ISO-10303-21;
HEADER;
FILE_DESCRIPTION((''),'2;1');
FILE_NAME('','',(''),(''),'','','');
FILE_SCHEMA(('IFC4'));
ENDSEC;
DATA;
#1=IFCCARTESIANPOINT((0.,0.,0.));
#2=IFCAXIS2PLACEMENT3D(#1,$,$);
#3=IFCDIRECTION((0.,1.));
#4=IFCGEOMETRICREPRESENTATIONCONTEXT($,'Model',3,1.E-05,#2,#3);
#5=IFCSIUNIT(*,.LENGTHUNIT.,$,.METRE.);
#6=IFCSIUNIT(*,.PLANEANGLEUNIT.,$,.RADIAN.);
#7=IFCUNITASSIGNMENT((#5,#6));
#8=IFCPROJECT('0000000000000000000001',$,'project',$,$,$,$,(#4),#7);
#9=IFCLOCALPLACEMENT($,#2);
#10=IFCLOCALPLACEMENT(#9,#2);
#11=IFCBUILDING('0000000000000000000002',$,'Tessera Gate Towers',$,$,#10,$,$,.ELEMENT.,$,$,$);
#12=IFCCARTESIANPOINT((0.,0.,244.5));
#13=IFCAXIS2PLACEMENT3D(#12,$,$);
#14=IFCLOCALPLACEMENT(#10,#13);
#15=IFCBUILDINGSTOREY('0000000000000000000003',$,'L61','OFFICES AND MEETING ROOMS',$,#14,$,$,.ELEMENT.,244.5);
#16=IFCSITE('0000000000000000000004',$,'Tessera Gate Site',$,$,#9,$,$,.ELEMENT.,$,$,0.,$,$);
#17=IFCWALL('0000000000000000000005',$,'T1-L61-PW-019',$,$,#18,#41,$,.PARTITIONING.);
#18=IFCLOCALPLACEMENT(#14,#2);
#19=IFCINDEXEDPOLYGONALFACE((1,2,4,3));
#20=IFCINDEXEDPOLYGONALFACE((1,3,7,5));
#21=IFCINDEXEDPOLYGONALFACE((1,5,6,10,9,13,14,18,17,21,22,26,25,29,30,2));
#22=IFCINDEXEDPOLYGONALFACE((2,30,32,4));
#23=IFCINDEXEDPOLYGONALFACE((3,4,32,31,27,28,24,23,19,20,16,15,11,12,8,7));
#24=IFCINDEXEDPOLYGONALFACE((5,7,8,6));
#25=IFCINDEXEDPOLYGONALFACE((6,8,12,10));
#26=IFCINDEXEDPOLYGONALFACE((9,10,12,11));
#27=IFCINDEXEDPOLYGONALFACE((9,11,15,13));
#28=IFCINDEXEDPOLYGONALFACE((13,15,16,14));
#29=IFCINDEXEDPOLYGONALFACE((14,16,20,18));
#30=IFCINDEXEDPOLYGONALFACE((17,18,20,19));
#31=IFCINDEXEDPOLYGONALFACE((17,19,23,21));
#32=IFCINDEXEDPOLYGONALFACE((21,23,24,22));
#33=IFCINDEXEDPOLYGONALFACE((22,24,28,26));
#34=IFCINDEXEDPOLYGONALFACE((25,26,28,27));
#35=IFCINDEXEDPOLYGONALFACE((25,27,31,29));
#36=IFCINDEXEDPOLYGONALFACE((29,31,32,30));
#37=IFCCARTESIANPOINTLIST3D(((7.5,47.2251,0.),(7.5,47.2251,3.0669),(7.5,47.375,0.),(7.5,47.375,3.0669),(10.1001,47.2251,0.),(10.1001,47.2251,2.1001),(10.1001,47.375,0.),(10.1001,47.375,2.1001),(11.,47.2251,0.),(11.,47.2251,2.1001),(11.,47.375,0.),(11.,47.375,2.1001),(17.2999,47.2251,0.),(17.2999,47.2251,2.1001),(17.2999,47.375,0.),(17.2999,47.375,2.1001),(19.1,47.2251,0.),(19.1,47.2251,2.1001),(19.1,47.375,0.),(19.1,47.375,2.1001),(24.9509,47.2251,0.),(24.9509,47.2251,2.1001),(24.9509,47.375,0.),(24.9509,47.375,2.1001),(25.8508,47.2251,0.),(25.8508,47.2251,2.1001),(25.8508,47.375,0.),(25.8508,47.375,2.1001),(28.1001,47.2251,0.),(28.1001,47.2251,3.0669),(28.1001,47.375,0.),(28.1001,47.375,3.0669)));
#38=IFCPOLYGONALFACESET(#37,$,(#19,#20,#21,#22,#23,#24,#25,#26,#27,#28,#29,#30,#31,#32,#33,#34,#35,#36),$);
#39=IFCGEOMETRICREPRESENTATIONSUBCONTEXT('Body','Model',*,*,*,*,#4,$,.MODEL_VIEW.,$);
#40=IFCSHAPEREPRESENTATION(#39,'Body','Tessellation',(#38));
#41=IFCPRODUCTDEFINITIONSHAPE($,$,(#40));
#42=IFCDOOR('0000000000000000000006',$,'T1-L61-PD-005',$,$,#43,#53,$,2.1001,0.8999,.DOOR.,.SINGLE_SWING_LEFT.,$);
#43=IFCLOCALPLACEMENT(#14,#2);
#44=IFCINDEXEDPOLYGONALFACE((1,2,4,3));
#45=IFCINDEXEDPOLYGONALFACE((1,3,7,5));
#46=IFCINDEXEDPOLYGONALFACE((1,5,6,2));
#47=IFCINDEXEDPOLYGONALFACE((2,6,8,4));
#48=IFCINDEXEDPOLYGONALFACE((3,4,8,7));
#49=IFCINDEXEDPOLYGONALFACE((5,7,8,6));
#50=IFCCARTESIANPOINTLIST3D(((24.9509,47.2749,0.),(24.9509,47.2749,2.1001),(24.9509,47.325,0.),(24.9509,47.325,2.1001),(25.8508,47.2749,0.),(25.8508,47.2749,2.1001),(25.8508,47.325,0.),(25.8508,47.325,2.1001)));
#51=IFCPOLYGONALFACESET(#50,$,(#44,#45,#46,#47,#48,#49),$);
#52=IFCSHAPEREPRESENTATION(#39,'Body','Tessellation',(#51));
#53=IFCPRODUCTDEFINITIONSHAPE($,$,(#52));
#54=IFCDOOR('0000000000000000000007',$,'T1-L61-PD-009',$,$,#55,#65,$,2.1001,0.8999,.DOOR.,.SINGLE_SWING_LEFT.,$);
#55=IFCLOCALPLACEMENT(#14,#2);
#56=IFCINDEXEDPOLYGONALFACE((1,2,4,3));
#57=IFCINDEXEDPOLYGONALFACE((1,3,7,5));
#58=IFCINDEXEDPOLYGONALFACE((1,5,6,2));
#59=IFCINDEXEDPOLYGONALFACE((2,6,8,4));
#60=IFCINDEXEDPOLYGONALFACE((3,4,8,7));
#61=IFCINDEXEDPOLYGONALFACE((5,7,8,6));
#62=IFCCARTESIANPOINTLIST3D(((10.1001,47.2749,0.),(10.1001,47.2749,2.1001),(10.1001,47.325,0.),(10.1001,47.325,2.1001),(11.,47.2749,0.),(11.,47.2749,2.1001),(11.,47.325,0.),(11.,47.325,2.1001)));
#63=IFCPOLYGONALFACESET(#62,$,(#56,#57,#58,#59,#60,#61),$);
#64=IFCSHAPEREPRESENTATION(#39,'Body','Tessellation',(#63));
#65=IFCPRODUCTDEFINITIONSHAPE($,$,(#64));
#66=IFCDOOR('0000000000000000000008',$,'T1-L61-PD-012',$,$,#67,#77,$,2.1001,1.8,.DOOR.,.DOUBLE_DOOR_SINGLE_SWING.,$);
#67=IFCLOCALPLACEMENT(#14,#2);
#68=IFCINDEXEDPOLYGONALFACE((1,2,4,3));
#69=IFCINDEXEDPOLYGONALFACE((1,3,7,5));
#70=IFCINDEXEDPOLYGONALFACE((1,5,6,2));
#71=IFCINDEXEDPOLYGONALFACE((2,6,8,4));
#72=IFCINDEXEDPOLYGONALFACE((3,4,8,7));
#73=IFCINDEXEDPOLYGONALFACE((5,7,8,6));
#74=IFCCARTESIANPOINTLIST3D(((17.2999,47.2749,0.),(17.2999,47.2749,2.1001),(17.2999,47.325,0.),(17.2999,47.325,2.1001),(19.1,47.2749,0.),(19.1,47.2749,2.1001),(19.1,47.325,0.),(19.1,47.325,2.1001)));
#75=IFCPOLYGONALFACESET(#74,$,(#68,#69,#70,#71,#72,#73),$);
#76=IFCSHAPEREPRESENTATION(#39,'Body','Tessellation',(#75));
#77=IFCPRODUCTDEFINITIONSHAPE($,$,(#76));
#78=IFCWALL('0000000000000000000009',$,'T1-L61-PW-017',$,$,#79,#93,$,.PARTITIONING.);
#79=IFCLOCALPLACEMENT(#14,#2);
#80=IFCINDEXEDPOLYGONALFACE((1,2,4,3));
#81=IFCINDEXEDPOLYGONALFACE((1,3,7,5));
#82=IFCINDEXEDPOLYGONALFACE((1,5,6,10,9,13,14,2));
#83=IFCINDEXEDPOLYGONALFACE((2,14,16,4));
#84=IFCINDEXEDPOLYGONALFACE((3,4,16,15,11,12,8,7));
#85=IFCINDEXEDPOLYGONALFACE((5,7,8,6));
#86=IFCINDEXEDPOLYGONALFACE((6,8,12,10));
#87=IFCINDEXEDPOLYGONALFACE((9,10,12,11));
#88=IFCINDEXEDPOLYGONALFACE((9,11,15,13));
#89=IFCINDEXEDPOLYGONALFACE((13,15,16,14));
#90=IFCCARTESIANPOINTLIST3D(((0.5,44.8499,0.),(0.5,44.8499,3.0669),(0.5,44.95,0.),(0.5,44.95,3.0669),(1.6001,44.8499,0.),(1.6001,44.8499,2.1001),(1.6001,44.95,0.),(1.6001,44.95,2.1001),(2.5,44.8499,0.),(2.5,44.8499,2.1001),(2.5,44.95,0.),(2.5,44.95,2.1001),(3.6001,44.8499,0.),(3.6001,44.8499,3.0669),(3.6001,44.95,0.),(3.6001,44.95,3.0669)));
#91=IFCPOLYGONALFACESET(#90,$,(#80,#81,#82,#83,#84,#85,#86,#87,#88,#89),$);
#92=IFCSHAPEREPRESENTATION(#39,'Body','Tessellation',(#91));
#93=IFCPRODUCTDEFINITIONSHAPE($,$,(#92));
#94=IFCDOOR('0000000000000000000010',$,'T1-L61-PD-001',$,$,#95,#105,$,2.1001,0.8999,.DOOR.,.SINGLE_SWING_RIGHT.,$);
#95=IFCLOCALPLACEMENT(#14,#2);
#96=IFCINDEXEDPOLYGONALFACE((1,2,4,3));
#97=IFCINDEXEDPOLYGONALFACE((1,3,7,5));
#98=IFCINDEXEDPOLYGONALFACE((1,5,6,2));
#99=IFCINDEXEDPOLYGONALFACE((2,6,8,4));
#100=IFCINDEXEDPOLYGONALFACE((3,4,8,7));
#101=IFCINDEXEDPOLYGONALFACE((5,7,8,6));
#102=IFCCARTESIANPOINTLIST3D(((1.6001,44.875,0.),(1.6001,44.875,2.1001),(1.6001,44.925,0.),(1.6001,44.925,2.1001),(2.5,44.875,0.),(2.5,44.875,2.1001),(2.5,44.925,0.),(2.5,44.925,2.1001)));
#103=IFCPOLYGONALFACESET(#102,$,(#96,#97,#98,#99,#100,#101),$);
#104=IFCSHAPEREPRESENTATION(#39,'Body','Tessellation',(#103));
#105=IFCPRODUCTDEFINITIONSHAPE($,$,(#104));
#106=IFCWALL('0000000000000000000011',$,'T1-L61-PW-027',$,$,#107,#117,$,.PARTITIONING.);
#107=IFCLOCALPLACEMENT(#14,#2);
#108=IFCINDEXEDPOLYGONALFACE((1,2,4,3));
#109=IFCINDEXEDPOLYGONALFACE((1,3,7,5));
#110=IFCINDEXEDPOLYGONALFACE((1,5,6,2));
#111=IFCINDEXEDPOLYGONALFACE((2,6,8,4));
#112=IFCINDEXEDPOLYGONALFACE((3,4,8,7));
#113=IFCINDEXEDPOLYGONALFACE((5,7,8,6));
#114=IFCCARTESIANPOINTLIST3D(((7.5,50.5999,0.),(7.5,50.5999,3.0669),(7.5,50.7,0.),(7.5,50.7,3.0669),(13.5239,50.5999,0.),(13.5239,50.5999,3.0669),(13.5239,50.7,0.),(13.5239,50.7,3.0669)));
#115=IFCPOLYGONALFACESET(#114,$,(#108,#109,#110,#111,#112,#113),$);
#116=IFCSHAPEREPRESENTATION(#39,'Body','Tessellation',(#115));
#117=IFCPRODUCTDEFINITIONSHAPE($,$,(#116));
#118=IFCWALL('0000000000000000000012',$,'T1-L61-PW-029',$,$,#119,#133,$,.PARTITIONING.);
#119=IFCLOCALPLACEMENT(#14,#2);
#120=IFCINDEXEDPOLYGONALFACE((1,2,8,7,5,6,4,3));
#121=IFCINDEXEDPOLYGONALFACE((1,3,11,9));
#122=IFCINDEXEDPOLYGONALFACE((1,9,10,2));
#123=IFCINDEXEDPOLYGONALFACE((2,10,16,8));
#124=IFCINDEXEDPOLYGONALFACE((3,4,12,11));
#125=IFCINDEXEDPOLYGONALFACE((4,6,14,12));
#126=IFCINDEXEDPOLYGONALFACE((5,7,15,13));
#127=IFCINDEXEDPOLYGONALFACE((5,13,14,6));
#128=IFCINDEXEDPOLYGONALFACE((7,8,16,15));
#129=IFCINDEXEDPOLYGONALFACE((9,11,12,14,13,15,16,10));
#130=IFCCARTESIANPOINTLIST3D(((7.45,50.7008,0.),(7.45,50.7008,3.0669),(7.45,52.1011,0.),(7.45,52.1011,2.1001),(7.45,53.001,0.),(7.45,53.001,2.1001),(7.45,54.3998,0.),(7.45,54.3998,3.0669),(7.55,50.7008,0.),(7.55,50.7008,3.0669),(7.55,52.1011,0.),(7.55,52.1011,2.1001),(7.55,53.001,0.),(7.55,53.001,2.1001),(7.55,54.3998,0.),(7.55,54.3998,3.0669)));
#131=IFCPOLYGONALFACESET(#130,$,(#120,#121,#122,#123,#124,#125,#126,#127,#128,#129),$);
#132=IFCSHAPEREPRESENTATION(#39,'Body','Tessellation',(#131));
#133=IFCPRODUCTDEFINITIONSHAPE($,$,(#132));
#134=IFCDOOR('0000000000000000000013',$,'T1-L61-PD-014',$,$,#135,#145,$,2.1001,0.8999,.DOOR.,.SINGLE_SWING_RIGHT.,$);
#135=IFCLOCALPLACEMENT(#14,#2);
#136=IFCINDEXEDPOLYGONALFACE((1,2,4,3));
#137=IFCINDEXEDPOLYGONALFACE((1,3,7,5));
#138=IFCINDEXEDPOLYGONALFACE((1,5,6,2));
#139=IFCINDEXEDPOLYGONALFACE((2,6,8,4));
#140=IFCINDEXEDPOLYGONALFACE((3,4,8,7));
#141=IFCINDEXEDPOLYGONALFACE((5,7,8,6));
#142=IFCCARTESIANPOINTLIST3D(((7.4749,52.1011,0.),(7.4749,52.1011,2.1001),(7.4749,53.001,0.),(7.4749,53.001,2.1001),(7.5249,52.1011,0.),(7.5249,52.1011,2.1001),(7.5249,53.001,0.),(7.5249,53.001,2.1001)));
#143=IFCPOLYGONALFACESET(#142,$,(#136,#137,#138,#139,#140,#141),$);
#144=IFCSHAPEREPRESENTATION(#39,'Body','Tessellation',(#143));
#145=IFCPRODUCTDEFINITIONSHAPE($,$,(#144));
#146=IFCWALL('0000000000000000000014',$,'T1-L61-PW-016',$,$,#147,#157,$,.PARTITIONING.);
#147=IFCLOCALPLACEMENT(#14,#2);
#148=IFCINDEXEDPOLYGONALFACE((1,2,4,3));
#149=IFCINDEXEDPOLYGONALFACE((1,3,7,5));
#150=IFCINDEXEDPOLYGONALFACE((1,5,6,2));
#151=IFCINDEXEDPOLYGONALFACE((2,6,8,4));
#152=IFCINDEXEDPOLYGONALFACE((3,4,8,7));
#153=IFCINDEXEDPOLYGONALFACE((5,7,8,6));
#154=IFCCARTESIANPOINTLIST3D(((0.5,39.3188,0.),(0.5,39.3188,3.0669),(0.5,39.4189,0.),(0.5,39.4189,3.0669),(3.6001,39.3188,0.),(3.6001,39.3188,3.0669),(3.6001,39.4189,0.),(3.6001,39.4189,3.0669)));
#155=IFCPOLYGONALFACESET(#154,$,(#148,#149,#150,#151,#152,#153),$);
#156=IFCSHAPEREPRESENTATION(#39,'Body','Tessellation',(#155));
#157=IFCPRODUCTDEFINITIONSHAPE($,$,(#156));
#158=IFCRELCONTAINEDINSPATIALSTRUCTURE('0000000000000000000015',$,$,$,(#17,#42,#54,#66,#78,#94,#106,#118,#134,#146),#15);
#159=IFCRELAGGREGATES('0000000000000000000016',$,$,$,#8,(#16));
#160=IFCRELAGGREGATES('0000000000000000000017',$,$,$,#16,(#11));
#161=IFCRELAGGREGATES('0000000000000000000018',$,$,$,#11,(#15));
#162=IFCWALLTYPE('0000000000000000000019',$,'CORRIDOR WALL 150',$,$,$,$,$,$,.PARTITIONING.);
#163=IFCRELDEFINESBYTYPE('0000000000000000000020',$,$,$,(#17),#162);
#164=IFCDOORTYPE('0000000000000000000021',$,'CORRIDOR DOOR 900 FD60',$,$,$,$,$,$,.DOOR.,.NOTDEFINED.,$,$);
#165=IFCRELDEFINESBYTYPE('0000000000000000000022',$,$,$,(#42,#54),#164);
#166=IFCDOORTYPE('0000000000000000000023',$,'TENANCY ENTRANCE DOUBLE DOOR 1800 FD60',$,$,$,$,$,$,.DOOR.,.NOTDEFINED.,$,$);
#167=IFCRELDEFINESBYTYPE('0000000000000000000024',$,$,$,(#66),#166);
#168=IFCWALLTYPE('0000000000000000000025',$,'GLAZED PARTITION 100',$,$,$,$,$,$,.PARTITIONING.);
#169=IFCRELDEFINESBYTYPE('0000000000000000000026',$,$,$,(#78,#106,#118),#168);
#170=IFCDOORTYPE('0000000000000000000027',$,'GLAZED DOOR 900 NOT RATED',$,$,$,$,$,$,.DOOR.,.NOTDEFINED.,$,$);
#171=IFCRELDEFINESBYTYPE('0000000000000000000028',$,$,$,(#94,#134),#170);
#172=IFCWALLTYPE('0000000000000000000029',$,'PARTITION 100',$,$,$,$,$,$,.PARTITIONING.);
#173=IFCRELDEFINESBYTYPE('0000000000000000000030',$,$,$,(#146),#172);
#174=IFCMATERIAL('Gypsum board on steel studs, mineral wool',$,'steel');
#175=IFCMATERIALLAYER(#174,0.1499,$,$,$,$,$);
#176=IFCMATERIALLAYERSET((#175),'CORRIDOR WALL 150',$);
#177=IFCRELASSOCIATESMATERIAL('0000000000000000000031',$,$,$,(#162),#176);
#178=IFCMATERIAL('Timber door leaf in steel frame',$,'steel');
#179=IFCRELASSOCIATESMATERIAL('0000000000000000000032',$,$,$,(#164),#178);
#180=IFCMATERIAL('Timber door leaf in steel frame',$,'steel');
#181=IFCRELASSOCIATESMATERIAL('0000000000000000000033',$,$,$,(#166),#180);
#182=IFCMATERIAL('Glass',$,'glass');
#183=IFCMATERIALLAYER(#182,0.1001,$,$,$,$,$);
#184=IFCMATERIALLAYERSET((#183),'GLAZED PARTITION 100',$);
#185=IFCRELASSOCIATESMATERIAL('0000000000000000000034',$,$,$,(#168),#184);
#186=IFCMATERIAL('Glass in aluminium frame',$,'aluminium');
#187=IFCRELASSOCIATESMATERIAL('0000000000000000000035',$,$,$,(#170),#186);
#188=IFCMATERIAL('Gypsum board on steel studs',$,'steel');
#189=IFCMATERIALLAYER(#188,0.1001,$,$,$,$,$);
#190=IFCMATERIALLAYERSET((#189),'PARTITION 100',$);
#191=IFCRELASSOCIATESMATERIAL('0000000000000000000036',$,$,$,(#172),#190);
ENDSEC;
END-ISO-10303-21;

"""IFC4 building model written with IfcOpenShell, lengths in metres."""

from ifc_helpers import new_model, si_unit, direction, frame, frame_2d, origin, place, context, subcontext, project, spatial, rectangle, extrude, source, transform, mapped, material, layer, layer_set, type_object, element, fill, save


model = new_model("IFC4")

# Units and contexts
model_context = context("Model", 3, precision=1e-05, world=origin(), true_north=direction((0.0, 1.0)))
body_context = subcontext(model_context, "Body", "Model", "MODEL_VIEW")
ifc_project = project(units=[si_unit("LENGTHUNIT", "METRE"), si_unit("PLANEANGLEUNIT", "RADIAN")], contexts=[model_context])

# Site, building, storey
site_placement = place(None, origin())
site = spatial("IfcSite", under=ifc_project, at=site_placement, Name="Tessera Gate Site", CompositionType="ELEMENT", RefElevation=0.0)
building_placement = place(site_placement, origin())
building = spatial("IfcBuilding", under=site, at=building_placement, Name="Tessera Gate Towers", CompositionType="ELEMENT")
storey_placement = place(building_placement, frame((0.0, 0.0, 244.5)))
storey = spatial("IfcBuildingStorey", under=building, at=storey_placement, Name="L61", Description="OFFICES AND MEETING ROOMS", CompositionType="ELEMENT", Elevation=244.5)

# Shared definitions
ifc_material_1 = material(Name="Gypsum board on steel studs, mineral wool", Category="steel")
ifc_layer_1 = layer(ifc_material_1, 0.1499)
ifc_layer_set_1 = layer_set([ifc_layer_1], Name="CORRIDOR WALL 150")
wall_type_1 = type_object("IfcWallType", Name="CORRIDOR WALL 150", PredefinedType="PARTITIONING", material=ifc_layer_set_1)

# Wall, openings, doors
wall_1_placement = place(storey_placement, frame((7.5, 47.3, 0.0), z_axis=(0.0, 0.0, 1.0), x_axis=(1.0, 0.0, 0.0)))
wall_1 = element("IfcWall", 1, at=wall_1_placement, inside=storey, type_object=wall_type_1, Name="T1-L61-PW-019", PredefinedType="PARTITIONING", context=body_context, shape_type="SweptSolid", body=[
    extrude(rectangle(XDim=20.6001, YDim=0.1499, at=frame_2d((10.3, 0.0))), origin(), (0.0, 0.0, 1.0), 3.0669),
])
shared_shape_1 = source(origin(), body_context, "Body", "SweptSolid", [
    extrude(rectangle(XDim=0.8999, YDim=2.1001, at=frame_2d((0.45, 1.05))), frame((0.0, 0.085, 0.0), z_axis=(0.0, -1.0, 0.0), x_axis=(1.0, 0.0, 0.0)), (0.0, 0.0, 1.0), 0.1699),
])
opening_1_placement = place(wall_1_placement, frame((17.4509, 0.0, 0.0)))
opening_1 = element("IfcOpeningElement", 2, at=opening_1_placement, cuts=wall_1, PredefinedType="OPENING", context=body_context, shape_type="MappedRepresentation", body=[
    mapped(shared_shape_1, transform((0.0, 0.0, 0.0), scale=1.0)),
])
opening_2_placement = place(wall_1_placement, frame((2.6001, 0.0, 0.0)))
opening_2 = element("IfcOpeningElement", 3, at=opening_2_placement, cuts=wall_1, PredefinedType="OPENING", context=body_context, shape_type="MappedRepresentation", body=[
    mapped(shared_shape_1, transform((0.0, 0.0, 0.0), scale=1.0)),
])
shared_shape_2 = source(origin(), body_context, "Body", "SweptSolid", [
    extrude(rectangle(XDim=1.8, YDim=2.1001, at=frame_2d((0.8999, 1.05))), frame((0.0, 0.085, 0.0), z_axis=(0.0, -1.0, 0.0), x_axis=(1.0, 0.0, 0.0)), (0.0, 0.0, 1.0), 0.1699),
])
opening_3_placement = place(wall_1_placement, frame((9.8, 0.0, 0.0)))
opening_3 = element("IfcOpeningElement", 4, at=opening_3_placement, cuts=wall_1, PredefinedType="OPENING", context=body_context, shape_type="MappedRepresentation", body=[
    mapped(shared_shape_2, transform((0.0, 0.0, 0.0), scale=1.0)),
])
ifc_material_2 = material(Name="Timber door leaf in steel frame", Category="steel")
door_type_1 = type_object("IfcDoorType", Name="CORRIDOR DOOR 900 FD60", OperationType="NOTDEFINED", PredefinedType="DOOR", material=ifc_material_2)
shared_shape_3 = source(origin(), body_context, "Body", "SweptSolid", [
    extrude(rectangle(XDim=0.8999, YDim=2.1001, at=frame_2d((0.45, 1.05))), frame((0.0, 0.0249, 0.0), z_axis=(0.0, -1.0, 0.0), x_axis=(1.0, 0.0, 0.0)), (0.0, 0.0, 1.0), 0.05),
])
door_1_placement = place(opening_1_placement, origin())
door_1 = element("IfcDoor", 5, at=door_1_placement, inside=storey, type_object=door_type_1, Name="T1-L61-PD-005", OperationType="SINGLE_SWING_LEFT", OverallHeight=2.1001, OverallWidth=0.8999, PredefinedType="DOOR", context=body_context, shape_type="MappedRepresentation", body=[
    mapped(shared_shape_3, transform((0.0, 0.0, 0.0), scale=1.0)),
])
fill(opening_1, door_1)
door_2_placement = place(opening_2_placement, origin())
door_2 = element("IfcDoor", 6, at=door_2_placement, inside=storey, type_object=door_type_1, Name="T1-L61-PD-009", OperationType="SINGLE_SWING_LEFT", OverallHeight=2.1001, OverallWidth=0.8999, PredefinedType="DOOR", context=body_context, shape_type="MappedRepresentation", body=[
    mapped(shared_shape_3, transform((0.0, 0.0, 0.0), scale=1.0)),
])
fill(opening_2, door_2)
ifc_material_3 = material(Name="Timber door leaf in steel frame", Category="steel")
door_type_2 = type_object("IfcDoorType", Name="TENANCY ENTRANCE DOUBLE DOOR 1800 FD60", OperationType="NOTDEFINED", PredefinedType="DOOR", material=ifc_material_3)
shared_shape_4 = source(origin(), body_context, "Body", "SweptSolid", [
    extrude(rectangle(XDim=1.8, YDim=2.1001, at=frame_2d((0.8999, 1.05))), frame((0.0, 0.0249, 0.0), z_axis=(0.0, -1.0, 0.0), x_axis=(1.0, 0.0, 0.0)), (0.0, 0.0, 1.0), 0.05),
])
door_3_placement = place(opening_3_placement, origin())
door_3 = element("IfcDoor", 7, at=door_3_placement, inside=storey, type_object=door_type_2, Name="T1-L61-PD-012", OperationType="DOUBLE_DOOR_SINGLE_SWING", OverallHeight=2.1001, OverallWidth=1.8, PredefinedType="DOOR", context=body_context, shape_type="MappedRepresentation", body=[
    mapped(shared_shape_4, transform((0.0, 0.0, 0.0), scale=1.0)),
])
fill(opening_3, door_3)

# Wall, opening, door
ifc_material_4 = material(Name="Glass", Category="glass")
ifc_layer_2 = layer(ifc_material_4, 0.1001)
ifc_layer_set_2 = layer_set([ifc_layer_2], Name="GLAZED PARTITION 100")
wall_type_2 = type_object("IfcWallType", Name="GLAZED PARTITION 100", PredefinedType="PARTITIONING", material=ifc_layer_set_2)
wall_2_placement = place(storey_placement, frame((3.6001, 44.8999, 0.0), z_axis=(0.0, 0.0, 1.0), x_axis=(-1.0, 0.0, 0.0)))
wall_2 = element("IfcWall", 8, at=wall_2_placement, inside=storey, type_object=wall_type_2, Name="T1-L61-PW-017", PredefinedType="PARTITIONING", context=body_context, shape_type="SweptSolid", body=[
    extrude(rectangle(XDim=3.1001, YDim=0.1001, at=frame_2d((1.55, 0.0))), origin(), (0.0, 0.0, 1.0), 3.0669),
])
shared_shape_5 = source(origin(), body_context, "Body", "SweptSolid", [
    extrude(rectangle(XDim=0.8999, YDim=2.1001, at=frame_2d((0.45, 1.05))), frame((0.0, 0.0601, 0.0), z_axis=(0.0, -1.0, 0.0), x_axis=(1.0, 0.0, 0.0)), (0.0, 0.0, 1.0), 0.1201),
])
opening_4_placement = place(wall_2_placement, frame((1.1001, 0.0, 0.0)))
opening_4 = element("IfcOpeningElement", 9, at=opening_4_placement, cuts=wall_2, PredefinedType="OPENING", context=body_context, shape_type="MappedRepresentation", body=[
    mapped(shared_shape_5, transform((0.0, 0.0, 0.0), scale=1.0)),
])
ifc_material_5 = material(Name="Glass in aluminium frame", Category="aluminium")
door_type_3 = type_object("IfcDoorType", Name="GLAZED DOOR 900 NOT RATED", OperationType="NOTDEFINED", PredefinedType="DOOR", material=ifc_material_5)
door_4_placement = place(opening_4_placement, origin())
door_4 = element("IfcDoor", 10, at=door_4_placement, inside=storey, type_object=door_type_3, Name="T1-L61-PD-001", OperationType="SINGLE_SWING_RIGHT", OverallHeight=2.1001, OverallWidth=0.8999, PredefinedType="DOOR", context=body_context, shape_type="MappedRepresentation", body=[
    mapped(shared_shape_3, transform((0.0, 0.0, 0.0), scale=1.0)),
])
fill(opening_4, door_4)

# Wall
wall_3_placement = place(storey_placement, frame((7.5, 50.6499, 0.0), z_axis=(0.0, 0.0, 1.0), x_axis=(1.0, 0.0, 0.0)))
element("IfcWall", 11, at=wall_3_placement, inside=storey, type_object=wall_type_2, Name="T1-L61-PW-027", PredefinedType="PARTITIONING", context=body_context, shape_type="SweptSolid", body=[
    extrude(rectangle(XDim=6.0239, YDim=0.1001, at=frame_2d((3.012, 0.0))), origin(), (0.0, 0.0, 1.0), 3.0669),
])

# Wall, opening, door
wall_4_placement = place(storey_placement, frame((7.5, 54.3999, 0.0), z_axis=(0.0, 0.0, 1.0), x_axis=(0.0, -1.0, 0.0)))
wall_4 = element("IfcWall", 12, at=wall_4_placement, inside=storey, type_object=wall_type_2, Name="T1-L61-PW-029", PredefinedType="PARTITIONING", context=body_context, shape_type="SweptSolid", body=[
    extrude(rectangle(XDim=3.699, YDim=0.1001, at=frame_2d((1.8496, 0.0))), origin(), (0.0, 0.0, 1.0), 3.0669),
])
opening_5_placement = place(wall_4_placement, frame((1.3989, 0.0, 0.0)))
opening_5 = element("IfcOpeningElement", 13, at=opening_5_placement, cuts=wall_4, PredefinedType="OPENING", context=body_context, shape_type="MappedRepresentation", body=[
    mapped(shared_shape_5, transform((0.0, 0.0, 0.0), scale=1.0)),
])
door_5_placement = place(opening_5_placement, origin())
door_5 = element("IfcDoor", 14, at=door_5_placement, inside=storey, type_object=door_type_3, Name="T1-L61-PD-014", OperationType="SINGLE_SWING_RIGHT", OverallHeight=2.1001, OverallWidth=0.8999, PredefinedType="DOOR", context=body_context, shape_type="MappedRepresentation", body=[
    mapped(shared_shape_3, transform((0.0, 0.0, 0.0), scale=1.0)),
])
fill(opening_5, door_5)

# Wall
ifc_material_6 = material(Name="Gypsum board on steel studs", Category="steel")
ifc_layer_3 = layer(ifc_material_6, 0.1001)
ifc_layer_set_3 = layer_set([ifc_layer_3], Name="PARTITION 100")
wall_type_3 = type_object("IfcWallType", Name="PARTITION 100", PredefinedType="PARTITIONING", material=ifc_layer_set_3)
wall_5_placement = place(storey_placement, frame((0.5, 39.3689, 0.0), z_axis=(0.0, 0.0, 1.0), x_axis=(1.0, 0.0, 0.0)))
element("IfcWall", 15, at=wall_5_placement, inside=storey, type_object=wall_type_3, Name="T1-L61-PW-016", PredefinedType="PARTITIONING", context=body_context, shape_type="SweptSolid", body=[
    extrude(rectangle(XDim=3.1001, YDim=0.1001, at=frame_2d((1.55, 0.0))), origin(), (0.0, 0.0, 1.0), 3.0669),
])

save(model, "model.ifc")
